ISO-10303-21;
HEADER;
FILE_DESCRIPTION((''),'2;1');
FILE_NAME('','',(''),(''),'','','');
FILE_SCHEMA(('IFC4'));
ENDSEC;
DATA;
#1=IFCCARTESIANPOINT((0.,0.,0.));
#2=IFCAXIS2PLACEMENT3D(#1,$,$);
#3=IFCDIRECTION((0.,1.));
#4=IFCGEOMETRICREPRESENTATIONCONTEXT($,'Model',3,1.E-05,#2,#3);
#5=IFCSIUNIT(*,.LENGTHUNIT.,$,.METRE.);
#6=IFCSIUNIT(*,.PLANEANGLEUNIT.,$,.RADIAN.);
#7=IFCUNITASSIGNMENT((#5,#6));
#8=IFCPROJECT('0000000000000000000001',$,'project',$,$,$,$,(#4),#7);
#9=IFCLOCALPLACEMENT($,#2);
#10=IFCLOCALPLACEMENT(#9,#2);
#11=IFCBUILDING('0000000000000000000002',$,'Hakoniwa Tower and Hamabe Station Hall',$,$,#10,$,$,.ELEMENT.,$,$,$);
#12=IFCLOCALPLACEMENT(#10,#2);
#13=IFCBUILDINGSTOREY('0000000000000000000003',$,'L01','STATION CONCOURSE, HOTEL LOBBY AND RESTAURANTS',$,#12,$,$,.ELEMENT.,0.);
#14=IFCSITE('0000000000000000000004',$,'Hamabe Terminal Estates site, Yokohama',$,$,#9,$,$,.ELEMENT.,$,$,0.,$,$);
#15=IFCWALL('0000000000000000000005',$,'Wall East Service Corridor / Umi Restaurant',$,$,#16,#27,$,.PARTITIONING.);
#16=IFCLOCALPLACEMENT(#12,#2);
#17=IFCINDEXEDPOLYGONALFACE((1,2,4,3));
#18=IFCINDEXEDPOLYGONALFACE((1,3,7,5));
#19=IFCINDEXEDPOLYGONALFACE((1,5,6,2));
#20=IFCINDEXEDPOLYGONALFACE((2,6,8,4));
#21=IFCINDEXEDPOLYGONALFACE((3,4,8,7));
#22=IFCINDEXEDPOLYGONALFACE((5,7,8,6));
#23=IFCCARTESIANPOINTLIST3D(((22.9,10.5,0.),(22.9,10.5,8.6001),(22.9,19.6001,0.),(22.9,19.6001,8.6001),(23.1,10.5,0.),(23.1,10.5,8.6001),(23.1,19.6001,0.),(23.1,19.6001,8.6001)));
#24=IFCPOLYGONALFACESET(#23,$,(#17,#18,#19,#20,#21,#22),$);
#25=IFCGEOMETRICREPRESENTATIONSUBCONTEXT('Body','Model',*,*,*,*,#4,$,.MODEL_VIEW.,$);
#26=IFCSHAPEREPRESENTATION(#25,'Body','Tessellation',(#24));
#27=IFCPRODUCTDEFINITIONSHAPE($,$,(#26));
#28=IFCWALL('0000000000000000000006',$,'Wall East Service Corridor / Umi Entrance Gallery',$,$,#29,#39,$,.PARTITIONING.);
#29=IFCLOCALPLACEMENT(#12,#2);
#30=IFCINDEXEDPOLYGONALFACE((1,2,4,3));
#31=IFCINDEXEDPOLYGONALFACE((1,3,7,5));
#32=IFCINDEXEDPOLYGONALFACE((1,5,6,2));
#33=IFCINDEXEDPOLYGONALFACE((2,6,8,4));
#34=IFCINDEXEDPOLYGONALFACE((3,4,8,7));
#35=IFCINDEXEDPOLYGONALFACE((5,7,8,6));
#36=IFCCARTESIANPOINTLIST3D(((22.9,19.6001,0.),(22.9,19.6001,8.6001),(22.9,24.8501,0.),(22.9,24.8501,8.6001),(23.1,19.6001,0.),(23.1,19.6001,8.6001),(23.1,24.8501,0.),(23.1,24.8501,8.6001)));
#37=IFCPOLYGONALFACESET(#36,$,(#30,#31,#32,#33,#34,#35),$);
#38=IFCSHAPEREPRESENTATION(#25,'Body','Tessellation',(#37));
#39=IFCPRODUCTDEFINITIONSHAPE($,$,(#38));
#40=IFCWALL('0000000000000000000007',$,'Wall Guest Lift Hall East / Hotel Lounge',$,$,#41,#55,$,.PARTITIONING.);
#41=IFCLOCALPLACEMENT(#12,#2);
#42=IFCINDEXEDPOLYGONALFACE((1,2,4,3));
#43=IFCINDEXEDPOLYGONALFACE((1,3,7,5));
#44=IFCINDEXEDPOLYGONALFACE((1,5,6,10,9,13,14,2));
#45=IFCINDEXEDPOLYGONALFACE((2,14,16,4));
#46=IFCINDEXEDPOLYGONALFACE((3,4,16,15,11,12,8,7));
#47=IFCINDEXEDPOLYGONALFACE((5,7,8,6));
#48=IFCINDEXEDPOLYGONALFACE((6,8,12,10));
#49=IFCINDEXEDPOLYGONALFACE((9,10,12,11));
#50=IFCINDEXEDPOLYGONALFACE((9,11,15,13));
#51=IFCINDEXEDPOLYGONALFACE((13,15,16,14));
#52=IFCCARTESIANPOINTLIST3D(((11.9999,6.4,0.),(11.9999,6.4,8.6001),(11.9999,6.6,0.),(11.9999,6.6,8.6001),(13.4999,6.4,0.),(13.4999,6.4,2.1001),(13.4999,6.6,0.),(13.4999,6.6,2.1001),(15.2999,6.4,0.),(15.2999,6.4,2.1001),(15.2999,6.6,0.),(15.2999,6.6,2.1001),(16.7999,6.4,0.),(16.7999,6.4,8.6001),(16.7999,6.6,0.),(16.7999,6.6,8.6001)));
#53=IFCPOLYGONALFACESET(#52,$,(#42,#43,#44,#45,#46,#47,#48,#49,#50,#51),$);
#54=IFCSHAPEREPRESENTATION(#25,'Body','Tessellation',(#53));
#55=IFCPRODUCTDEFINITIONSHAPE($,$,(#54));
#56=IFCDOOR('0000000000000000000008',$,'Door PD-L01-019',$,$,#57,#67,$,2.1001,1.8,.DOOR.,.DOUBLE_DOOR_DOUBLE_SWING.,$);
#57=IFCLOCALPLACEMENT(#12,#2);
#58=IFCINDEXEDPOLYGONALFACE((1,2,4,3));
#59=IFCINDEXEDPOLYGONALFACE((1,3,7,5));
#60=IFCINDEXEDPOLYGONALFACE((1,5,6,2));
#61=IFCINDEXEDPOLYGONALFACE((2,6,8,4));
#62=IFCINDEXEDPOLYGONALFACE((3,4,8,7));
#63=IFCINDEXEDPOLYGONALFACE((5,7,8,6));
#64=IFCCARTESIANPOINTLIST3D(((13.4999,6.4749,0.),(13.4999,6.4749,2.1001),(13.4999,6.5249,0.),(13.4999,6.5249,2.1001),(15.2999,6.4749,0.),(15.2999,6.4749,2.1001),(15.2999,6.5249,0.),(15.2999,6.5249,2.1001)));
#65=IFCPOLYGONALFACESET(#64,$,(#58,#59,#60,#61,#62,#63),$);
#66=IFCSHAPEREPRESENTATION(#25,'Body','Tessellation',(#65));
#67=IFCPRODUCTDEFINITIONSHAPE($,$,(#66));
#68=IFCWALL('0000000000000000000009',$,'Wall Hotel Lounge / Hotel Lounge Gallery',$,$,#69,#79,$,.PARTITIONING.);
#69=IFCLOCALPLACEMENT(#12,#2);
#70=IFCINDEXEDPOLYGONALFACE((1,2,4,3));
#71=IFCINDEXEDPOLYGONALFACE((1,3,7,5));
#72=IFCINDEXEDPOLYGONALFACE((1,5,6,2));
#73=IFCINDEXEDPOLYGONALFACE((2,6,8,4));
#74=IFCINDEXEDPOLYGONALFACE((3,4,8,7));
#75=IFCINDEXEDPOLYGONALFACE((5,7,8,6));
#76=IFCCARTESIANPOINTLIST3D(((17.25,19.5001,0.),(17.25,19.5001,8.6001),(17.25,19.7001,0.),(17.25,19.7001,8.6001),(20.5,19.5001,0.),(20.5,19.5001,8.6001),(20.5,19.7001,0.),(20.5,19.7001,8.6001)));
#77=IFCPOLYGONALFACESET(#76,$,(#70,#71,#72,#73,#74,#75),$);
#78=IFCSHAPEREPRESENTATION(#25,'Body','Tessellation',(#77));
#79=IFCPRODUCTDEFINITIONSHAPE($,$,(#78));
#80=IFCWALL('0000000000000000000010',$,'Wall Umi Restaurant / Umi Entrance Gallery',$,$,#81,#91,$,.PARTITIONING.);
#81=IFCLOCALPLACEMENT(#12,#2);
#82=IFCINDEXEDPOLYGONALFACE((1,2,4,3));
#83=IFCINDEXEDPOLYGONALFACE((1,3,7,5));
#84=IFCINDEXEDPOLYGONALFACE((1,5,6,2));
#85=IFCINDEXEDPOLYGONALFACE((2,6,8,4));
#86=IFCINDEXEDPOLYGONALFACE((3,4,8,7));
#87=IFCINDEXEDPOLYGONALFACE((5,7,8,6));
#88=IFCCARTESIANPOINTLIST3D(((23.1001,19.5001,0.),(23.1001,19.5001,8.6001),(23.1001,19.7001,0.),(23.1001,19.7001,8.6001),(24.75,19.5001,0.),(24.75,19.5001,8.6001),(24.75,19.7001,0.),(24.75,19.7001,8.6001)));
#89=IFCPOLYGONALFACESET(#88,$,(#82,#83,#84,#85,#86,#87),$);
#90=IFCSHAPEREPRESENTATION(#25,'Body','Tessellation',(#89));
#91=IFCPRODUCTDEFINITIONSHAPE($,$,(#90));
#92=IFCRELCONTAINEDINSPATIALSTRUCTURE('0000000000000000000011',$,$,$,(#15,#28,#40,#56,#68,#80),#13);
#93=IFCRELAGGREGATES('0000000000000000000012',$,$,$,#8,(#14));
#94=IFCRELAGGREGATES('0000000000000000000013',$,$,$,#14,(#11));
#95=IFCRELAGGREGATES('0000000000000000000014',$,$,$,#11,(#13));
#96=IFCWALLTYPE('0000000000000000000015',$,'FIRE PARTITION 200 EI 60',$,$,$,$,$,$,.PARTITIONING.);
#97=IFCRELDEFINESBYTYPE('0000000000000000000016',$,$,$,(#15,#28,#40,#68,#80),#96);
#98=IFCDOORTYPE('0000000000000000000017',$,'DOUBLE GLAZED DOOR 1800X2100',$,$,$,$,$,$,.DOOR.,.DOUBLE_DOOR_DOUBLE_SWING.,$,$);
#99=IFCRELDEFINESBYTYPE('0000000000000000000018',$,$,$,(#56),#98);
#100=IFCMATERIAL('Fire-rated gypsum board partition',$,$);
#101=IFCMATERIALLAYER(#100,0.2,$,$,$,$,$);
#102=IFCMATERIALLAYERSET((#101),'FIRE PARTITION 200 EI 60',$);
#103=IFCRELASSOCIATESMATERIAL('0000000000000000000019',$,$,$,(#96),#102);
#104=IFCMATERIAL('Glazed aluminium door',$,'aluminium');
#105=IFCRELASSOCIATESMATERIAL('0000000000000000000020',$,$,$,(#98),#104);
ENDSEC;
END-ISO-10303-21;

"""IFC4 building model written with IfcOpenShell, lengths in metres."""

from ifc_helpers import new_model, si_unit, direction, frame, frame_2d, origin, place, context, subcontext, project, spatial, rectangle, extrude, material, layer, layer_set, type_object, element, fill, save


model = new_model("IFC4")

# Units and contexts
model_context = context("Model", 3, precision=1e-05, world=origin(), true_north=direction((0.0, 1.0)))
body_context = subcontext(model_context, "Body", "Model", "MODEL_VIEW")
ifc_project = project(units=[si_unit("LENGTHUNIT", "METRE"), si_unit("PLANEANGLEUNIT", "RADIAN")], contexts=[model_context])

# Site, building, storey
site_placement = place(None, origin())
site = spatial("IfcSite", under=ifc_project, at=site_placement, Name="Hamabe Terminal Estates site, Yokohama", CompositionType="ELEMENT", RefElevation=0.0)
building_placement = place(site_placement, origin())
building = spatial("IfcBuilding", under=site, at=building_placement, Name="Hakoniwa Tower and Hamabe Station Hall", CompositionType="ELEMENT")
storey_placement = place(building_placement, origin())
storey = spatial("IfcBuildingStorey", under=building, at=storey_placement, Name="L01", Description="STATION CONCOURSE, HOTEL LOBBY AND RESTAURANTS", CompositionType="ELEMENT", Elevation=0.0)

# Shared definitions
ifc_material_1 = material(Name="Fire-rated gypsum board partition")
ifc_layer_1 = layer(ifc_material_1, 0.2)
ifc_layer_set_1 = layer_set([ifc_layer_1], Name="FIRE PARTITION 200 EI 60")
wall_type_1 = type_object("IfcWallType", Name="FIRE PARTITION 200 EI 60", PredefinedType="PARTITIONING", material=ifc_layer_set_1)

# Walls
wall_1_placement = place(storey_placement, frame((23.0, 19.6001, 0.0), z_axis=(0.0, 0.0, 1.0), x_axis=(0.0, -1.0, 0.0)))
element("IfcWall", 1, at=wall_1_placement, inside=storey, type_object=wall_type_1, Name="Wall East Service Corridor / Umi Restaurant", PredefinedType="PARTITIONING", context=body_context, shape_type="SweptSolid", body=[
    extrude(rectangle(XDim=9.1001, YDim=0.2, at=frame_2d((4.55, 0.0))), origin(), (0.0, 0.0, 1.0), 8.6001),
])
wall_2_placement = place(storey_placement, frame((23.0, 24.8501, 0.0), z_axis=(0.0, 0.0, 1.0), x_axis=(0.0, -1.0, 0.0)))
element("IfcWall", 2, at=wall_2_placement, inside=storey, type_object=wall_type_1, Name="Wall East Service Corridor / Umi Entrance Gallery", PredefinedType="PARTITIONING", context=body_context, shape_type="SweptSolid", body=[
    extrude(rectangle(XDim=5.25, YDim=0.2, at=frame_2d((2.625, 0.0))), origin(), (0.0, 0.0, 1.0), 8.6001),
])

# Wall, opening, door
wall_3_placement = place(storey_placement, frame((12.0, 6.5, 0.0), z_axis=(0.0, 0.0, 1.0), x_axis=(1.0, 0.0, 0.0)))
wall_3 = element("IfcWall", 3, at=wall_3_placement, inside=storey, type_object=wall_type_1, Name="Wall Guest Lift Hall East / Hotel Lounge", PredefinedType="PARTITIONING", context=body_context, shape_type="SweptSolid", body=[
    extrude(rectangle(XDim=4.8, YDim=0.2, at=frame_2d((2.3999, 0.0))), origin(), (0.0, 0.0, 1.0), 8.6001),
])
opening_1_placement = place(wall_3_placement, frame((1.5, 0.0, 0.0)))
opening_1 = element("IfcOpeningElement", 4, at=opening_1_placement, cuts=wall_3, PredefinedType="OPENING", context=body_context, shape_type="SweptSolid", body=[
    extrude(rectangle(XDim=1.8, YDim=2.1001, at=frame_2d((0.8999, 1.05))), frame((0.0, 0.1099, 0.0), z_axis=(0.0, -1.0, 0.0), x_axis=(1.0, 0.0, 0.0)), (0.0, 0.0, 1.0), 0.22),
])
ifc_material_2 = material(Name="Glazed aluminium door", Category="aluminium")
door_type_1 = type_object("IfcDoorType", Name="DOUBLE GLAZED DOOR 1800X2100", OperationType="DOUBLE_DOOR_DOUBLE_SWING", PredefinedType="DOOR", material=ifc_material_2)
door_1_placement = place(opening_1_placement, origin())
door_1 = element("IfcDoor", 5, at=door_1_placement, inside=storey, type_object=door_type_1, Name="Door PD-L01-019", OperationType="DOUBLE_DOOR_DOUBLE_SWING", OverallHeight=2.1001, OverallWidth=1.8, PredefinedType="DOOR", context=body_context, shape_type="SweptSolid", body=[
    extrude(rectangle(XDim=1.8, YDim=2.1001, at=frame_2d((0.8999, 1.05))), frame((0.0, 0.0249, 0.0), z_axis=(0.0, -1.0, 0.0), x_axis=(1.0, 0.0, 0.0)), (0.0, 0.0, 1.0), 0.05),
])
fill(opening_1, door_1)

# Walls
wall_4_placement = place(storey_placement, frame((17.25, 19.6001, 0.0), z_axis=(0.0, 0.0, 1.0), x_axis=(1.0, 0.0, 0.0)))
element("IfcWall", 6, at=wall_4_placement, inside=storey, type_object=wall_type_1, Name="Wall Hotel Lounge / Hotel Lounge Gallery", PredefinedType="PARTITIONING", context=body_context, shape_type="SweptSolid", body=[
    extrude(rectangle(XDim=3.25, YDim=0.2, at=frame_2d((1.625, 0.0))), origin(), (0.0, 0.0, 1.0), 8.6001),
])
wall_5_placement = place(storey_placement, frame((23.1001, 19.6001, 0.0), z_axis=(0.0, 0.0, 1.0), x_axis=(1.0, 0.0, 0.0)))
element("IfcWall", 7, at=wall_5_placement, inside=storey, type_object=wall_type_1, Name="Wall Umi Restaurant / Umi Entrance Gallery", PredefinedType="PARTITIONING", context=body_context, shape_type="SweptSolid", body=[
    extrude(rectangle(XDim=1.6499, YDim=0.2, at=frame_2d((0.825, 0.0))), origin(), (0.0, 0.0, 1.0), 8.6001),
])

save(model, "model.ifc")
